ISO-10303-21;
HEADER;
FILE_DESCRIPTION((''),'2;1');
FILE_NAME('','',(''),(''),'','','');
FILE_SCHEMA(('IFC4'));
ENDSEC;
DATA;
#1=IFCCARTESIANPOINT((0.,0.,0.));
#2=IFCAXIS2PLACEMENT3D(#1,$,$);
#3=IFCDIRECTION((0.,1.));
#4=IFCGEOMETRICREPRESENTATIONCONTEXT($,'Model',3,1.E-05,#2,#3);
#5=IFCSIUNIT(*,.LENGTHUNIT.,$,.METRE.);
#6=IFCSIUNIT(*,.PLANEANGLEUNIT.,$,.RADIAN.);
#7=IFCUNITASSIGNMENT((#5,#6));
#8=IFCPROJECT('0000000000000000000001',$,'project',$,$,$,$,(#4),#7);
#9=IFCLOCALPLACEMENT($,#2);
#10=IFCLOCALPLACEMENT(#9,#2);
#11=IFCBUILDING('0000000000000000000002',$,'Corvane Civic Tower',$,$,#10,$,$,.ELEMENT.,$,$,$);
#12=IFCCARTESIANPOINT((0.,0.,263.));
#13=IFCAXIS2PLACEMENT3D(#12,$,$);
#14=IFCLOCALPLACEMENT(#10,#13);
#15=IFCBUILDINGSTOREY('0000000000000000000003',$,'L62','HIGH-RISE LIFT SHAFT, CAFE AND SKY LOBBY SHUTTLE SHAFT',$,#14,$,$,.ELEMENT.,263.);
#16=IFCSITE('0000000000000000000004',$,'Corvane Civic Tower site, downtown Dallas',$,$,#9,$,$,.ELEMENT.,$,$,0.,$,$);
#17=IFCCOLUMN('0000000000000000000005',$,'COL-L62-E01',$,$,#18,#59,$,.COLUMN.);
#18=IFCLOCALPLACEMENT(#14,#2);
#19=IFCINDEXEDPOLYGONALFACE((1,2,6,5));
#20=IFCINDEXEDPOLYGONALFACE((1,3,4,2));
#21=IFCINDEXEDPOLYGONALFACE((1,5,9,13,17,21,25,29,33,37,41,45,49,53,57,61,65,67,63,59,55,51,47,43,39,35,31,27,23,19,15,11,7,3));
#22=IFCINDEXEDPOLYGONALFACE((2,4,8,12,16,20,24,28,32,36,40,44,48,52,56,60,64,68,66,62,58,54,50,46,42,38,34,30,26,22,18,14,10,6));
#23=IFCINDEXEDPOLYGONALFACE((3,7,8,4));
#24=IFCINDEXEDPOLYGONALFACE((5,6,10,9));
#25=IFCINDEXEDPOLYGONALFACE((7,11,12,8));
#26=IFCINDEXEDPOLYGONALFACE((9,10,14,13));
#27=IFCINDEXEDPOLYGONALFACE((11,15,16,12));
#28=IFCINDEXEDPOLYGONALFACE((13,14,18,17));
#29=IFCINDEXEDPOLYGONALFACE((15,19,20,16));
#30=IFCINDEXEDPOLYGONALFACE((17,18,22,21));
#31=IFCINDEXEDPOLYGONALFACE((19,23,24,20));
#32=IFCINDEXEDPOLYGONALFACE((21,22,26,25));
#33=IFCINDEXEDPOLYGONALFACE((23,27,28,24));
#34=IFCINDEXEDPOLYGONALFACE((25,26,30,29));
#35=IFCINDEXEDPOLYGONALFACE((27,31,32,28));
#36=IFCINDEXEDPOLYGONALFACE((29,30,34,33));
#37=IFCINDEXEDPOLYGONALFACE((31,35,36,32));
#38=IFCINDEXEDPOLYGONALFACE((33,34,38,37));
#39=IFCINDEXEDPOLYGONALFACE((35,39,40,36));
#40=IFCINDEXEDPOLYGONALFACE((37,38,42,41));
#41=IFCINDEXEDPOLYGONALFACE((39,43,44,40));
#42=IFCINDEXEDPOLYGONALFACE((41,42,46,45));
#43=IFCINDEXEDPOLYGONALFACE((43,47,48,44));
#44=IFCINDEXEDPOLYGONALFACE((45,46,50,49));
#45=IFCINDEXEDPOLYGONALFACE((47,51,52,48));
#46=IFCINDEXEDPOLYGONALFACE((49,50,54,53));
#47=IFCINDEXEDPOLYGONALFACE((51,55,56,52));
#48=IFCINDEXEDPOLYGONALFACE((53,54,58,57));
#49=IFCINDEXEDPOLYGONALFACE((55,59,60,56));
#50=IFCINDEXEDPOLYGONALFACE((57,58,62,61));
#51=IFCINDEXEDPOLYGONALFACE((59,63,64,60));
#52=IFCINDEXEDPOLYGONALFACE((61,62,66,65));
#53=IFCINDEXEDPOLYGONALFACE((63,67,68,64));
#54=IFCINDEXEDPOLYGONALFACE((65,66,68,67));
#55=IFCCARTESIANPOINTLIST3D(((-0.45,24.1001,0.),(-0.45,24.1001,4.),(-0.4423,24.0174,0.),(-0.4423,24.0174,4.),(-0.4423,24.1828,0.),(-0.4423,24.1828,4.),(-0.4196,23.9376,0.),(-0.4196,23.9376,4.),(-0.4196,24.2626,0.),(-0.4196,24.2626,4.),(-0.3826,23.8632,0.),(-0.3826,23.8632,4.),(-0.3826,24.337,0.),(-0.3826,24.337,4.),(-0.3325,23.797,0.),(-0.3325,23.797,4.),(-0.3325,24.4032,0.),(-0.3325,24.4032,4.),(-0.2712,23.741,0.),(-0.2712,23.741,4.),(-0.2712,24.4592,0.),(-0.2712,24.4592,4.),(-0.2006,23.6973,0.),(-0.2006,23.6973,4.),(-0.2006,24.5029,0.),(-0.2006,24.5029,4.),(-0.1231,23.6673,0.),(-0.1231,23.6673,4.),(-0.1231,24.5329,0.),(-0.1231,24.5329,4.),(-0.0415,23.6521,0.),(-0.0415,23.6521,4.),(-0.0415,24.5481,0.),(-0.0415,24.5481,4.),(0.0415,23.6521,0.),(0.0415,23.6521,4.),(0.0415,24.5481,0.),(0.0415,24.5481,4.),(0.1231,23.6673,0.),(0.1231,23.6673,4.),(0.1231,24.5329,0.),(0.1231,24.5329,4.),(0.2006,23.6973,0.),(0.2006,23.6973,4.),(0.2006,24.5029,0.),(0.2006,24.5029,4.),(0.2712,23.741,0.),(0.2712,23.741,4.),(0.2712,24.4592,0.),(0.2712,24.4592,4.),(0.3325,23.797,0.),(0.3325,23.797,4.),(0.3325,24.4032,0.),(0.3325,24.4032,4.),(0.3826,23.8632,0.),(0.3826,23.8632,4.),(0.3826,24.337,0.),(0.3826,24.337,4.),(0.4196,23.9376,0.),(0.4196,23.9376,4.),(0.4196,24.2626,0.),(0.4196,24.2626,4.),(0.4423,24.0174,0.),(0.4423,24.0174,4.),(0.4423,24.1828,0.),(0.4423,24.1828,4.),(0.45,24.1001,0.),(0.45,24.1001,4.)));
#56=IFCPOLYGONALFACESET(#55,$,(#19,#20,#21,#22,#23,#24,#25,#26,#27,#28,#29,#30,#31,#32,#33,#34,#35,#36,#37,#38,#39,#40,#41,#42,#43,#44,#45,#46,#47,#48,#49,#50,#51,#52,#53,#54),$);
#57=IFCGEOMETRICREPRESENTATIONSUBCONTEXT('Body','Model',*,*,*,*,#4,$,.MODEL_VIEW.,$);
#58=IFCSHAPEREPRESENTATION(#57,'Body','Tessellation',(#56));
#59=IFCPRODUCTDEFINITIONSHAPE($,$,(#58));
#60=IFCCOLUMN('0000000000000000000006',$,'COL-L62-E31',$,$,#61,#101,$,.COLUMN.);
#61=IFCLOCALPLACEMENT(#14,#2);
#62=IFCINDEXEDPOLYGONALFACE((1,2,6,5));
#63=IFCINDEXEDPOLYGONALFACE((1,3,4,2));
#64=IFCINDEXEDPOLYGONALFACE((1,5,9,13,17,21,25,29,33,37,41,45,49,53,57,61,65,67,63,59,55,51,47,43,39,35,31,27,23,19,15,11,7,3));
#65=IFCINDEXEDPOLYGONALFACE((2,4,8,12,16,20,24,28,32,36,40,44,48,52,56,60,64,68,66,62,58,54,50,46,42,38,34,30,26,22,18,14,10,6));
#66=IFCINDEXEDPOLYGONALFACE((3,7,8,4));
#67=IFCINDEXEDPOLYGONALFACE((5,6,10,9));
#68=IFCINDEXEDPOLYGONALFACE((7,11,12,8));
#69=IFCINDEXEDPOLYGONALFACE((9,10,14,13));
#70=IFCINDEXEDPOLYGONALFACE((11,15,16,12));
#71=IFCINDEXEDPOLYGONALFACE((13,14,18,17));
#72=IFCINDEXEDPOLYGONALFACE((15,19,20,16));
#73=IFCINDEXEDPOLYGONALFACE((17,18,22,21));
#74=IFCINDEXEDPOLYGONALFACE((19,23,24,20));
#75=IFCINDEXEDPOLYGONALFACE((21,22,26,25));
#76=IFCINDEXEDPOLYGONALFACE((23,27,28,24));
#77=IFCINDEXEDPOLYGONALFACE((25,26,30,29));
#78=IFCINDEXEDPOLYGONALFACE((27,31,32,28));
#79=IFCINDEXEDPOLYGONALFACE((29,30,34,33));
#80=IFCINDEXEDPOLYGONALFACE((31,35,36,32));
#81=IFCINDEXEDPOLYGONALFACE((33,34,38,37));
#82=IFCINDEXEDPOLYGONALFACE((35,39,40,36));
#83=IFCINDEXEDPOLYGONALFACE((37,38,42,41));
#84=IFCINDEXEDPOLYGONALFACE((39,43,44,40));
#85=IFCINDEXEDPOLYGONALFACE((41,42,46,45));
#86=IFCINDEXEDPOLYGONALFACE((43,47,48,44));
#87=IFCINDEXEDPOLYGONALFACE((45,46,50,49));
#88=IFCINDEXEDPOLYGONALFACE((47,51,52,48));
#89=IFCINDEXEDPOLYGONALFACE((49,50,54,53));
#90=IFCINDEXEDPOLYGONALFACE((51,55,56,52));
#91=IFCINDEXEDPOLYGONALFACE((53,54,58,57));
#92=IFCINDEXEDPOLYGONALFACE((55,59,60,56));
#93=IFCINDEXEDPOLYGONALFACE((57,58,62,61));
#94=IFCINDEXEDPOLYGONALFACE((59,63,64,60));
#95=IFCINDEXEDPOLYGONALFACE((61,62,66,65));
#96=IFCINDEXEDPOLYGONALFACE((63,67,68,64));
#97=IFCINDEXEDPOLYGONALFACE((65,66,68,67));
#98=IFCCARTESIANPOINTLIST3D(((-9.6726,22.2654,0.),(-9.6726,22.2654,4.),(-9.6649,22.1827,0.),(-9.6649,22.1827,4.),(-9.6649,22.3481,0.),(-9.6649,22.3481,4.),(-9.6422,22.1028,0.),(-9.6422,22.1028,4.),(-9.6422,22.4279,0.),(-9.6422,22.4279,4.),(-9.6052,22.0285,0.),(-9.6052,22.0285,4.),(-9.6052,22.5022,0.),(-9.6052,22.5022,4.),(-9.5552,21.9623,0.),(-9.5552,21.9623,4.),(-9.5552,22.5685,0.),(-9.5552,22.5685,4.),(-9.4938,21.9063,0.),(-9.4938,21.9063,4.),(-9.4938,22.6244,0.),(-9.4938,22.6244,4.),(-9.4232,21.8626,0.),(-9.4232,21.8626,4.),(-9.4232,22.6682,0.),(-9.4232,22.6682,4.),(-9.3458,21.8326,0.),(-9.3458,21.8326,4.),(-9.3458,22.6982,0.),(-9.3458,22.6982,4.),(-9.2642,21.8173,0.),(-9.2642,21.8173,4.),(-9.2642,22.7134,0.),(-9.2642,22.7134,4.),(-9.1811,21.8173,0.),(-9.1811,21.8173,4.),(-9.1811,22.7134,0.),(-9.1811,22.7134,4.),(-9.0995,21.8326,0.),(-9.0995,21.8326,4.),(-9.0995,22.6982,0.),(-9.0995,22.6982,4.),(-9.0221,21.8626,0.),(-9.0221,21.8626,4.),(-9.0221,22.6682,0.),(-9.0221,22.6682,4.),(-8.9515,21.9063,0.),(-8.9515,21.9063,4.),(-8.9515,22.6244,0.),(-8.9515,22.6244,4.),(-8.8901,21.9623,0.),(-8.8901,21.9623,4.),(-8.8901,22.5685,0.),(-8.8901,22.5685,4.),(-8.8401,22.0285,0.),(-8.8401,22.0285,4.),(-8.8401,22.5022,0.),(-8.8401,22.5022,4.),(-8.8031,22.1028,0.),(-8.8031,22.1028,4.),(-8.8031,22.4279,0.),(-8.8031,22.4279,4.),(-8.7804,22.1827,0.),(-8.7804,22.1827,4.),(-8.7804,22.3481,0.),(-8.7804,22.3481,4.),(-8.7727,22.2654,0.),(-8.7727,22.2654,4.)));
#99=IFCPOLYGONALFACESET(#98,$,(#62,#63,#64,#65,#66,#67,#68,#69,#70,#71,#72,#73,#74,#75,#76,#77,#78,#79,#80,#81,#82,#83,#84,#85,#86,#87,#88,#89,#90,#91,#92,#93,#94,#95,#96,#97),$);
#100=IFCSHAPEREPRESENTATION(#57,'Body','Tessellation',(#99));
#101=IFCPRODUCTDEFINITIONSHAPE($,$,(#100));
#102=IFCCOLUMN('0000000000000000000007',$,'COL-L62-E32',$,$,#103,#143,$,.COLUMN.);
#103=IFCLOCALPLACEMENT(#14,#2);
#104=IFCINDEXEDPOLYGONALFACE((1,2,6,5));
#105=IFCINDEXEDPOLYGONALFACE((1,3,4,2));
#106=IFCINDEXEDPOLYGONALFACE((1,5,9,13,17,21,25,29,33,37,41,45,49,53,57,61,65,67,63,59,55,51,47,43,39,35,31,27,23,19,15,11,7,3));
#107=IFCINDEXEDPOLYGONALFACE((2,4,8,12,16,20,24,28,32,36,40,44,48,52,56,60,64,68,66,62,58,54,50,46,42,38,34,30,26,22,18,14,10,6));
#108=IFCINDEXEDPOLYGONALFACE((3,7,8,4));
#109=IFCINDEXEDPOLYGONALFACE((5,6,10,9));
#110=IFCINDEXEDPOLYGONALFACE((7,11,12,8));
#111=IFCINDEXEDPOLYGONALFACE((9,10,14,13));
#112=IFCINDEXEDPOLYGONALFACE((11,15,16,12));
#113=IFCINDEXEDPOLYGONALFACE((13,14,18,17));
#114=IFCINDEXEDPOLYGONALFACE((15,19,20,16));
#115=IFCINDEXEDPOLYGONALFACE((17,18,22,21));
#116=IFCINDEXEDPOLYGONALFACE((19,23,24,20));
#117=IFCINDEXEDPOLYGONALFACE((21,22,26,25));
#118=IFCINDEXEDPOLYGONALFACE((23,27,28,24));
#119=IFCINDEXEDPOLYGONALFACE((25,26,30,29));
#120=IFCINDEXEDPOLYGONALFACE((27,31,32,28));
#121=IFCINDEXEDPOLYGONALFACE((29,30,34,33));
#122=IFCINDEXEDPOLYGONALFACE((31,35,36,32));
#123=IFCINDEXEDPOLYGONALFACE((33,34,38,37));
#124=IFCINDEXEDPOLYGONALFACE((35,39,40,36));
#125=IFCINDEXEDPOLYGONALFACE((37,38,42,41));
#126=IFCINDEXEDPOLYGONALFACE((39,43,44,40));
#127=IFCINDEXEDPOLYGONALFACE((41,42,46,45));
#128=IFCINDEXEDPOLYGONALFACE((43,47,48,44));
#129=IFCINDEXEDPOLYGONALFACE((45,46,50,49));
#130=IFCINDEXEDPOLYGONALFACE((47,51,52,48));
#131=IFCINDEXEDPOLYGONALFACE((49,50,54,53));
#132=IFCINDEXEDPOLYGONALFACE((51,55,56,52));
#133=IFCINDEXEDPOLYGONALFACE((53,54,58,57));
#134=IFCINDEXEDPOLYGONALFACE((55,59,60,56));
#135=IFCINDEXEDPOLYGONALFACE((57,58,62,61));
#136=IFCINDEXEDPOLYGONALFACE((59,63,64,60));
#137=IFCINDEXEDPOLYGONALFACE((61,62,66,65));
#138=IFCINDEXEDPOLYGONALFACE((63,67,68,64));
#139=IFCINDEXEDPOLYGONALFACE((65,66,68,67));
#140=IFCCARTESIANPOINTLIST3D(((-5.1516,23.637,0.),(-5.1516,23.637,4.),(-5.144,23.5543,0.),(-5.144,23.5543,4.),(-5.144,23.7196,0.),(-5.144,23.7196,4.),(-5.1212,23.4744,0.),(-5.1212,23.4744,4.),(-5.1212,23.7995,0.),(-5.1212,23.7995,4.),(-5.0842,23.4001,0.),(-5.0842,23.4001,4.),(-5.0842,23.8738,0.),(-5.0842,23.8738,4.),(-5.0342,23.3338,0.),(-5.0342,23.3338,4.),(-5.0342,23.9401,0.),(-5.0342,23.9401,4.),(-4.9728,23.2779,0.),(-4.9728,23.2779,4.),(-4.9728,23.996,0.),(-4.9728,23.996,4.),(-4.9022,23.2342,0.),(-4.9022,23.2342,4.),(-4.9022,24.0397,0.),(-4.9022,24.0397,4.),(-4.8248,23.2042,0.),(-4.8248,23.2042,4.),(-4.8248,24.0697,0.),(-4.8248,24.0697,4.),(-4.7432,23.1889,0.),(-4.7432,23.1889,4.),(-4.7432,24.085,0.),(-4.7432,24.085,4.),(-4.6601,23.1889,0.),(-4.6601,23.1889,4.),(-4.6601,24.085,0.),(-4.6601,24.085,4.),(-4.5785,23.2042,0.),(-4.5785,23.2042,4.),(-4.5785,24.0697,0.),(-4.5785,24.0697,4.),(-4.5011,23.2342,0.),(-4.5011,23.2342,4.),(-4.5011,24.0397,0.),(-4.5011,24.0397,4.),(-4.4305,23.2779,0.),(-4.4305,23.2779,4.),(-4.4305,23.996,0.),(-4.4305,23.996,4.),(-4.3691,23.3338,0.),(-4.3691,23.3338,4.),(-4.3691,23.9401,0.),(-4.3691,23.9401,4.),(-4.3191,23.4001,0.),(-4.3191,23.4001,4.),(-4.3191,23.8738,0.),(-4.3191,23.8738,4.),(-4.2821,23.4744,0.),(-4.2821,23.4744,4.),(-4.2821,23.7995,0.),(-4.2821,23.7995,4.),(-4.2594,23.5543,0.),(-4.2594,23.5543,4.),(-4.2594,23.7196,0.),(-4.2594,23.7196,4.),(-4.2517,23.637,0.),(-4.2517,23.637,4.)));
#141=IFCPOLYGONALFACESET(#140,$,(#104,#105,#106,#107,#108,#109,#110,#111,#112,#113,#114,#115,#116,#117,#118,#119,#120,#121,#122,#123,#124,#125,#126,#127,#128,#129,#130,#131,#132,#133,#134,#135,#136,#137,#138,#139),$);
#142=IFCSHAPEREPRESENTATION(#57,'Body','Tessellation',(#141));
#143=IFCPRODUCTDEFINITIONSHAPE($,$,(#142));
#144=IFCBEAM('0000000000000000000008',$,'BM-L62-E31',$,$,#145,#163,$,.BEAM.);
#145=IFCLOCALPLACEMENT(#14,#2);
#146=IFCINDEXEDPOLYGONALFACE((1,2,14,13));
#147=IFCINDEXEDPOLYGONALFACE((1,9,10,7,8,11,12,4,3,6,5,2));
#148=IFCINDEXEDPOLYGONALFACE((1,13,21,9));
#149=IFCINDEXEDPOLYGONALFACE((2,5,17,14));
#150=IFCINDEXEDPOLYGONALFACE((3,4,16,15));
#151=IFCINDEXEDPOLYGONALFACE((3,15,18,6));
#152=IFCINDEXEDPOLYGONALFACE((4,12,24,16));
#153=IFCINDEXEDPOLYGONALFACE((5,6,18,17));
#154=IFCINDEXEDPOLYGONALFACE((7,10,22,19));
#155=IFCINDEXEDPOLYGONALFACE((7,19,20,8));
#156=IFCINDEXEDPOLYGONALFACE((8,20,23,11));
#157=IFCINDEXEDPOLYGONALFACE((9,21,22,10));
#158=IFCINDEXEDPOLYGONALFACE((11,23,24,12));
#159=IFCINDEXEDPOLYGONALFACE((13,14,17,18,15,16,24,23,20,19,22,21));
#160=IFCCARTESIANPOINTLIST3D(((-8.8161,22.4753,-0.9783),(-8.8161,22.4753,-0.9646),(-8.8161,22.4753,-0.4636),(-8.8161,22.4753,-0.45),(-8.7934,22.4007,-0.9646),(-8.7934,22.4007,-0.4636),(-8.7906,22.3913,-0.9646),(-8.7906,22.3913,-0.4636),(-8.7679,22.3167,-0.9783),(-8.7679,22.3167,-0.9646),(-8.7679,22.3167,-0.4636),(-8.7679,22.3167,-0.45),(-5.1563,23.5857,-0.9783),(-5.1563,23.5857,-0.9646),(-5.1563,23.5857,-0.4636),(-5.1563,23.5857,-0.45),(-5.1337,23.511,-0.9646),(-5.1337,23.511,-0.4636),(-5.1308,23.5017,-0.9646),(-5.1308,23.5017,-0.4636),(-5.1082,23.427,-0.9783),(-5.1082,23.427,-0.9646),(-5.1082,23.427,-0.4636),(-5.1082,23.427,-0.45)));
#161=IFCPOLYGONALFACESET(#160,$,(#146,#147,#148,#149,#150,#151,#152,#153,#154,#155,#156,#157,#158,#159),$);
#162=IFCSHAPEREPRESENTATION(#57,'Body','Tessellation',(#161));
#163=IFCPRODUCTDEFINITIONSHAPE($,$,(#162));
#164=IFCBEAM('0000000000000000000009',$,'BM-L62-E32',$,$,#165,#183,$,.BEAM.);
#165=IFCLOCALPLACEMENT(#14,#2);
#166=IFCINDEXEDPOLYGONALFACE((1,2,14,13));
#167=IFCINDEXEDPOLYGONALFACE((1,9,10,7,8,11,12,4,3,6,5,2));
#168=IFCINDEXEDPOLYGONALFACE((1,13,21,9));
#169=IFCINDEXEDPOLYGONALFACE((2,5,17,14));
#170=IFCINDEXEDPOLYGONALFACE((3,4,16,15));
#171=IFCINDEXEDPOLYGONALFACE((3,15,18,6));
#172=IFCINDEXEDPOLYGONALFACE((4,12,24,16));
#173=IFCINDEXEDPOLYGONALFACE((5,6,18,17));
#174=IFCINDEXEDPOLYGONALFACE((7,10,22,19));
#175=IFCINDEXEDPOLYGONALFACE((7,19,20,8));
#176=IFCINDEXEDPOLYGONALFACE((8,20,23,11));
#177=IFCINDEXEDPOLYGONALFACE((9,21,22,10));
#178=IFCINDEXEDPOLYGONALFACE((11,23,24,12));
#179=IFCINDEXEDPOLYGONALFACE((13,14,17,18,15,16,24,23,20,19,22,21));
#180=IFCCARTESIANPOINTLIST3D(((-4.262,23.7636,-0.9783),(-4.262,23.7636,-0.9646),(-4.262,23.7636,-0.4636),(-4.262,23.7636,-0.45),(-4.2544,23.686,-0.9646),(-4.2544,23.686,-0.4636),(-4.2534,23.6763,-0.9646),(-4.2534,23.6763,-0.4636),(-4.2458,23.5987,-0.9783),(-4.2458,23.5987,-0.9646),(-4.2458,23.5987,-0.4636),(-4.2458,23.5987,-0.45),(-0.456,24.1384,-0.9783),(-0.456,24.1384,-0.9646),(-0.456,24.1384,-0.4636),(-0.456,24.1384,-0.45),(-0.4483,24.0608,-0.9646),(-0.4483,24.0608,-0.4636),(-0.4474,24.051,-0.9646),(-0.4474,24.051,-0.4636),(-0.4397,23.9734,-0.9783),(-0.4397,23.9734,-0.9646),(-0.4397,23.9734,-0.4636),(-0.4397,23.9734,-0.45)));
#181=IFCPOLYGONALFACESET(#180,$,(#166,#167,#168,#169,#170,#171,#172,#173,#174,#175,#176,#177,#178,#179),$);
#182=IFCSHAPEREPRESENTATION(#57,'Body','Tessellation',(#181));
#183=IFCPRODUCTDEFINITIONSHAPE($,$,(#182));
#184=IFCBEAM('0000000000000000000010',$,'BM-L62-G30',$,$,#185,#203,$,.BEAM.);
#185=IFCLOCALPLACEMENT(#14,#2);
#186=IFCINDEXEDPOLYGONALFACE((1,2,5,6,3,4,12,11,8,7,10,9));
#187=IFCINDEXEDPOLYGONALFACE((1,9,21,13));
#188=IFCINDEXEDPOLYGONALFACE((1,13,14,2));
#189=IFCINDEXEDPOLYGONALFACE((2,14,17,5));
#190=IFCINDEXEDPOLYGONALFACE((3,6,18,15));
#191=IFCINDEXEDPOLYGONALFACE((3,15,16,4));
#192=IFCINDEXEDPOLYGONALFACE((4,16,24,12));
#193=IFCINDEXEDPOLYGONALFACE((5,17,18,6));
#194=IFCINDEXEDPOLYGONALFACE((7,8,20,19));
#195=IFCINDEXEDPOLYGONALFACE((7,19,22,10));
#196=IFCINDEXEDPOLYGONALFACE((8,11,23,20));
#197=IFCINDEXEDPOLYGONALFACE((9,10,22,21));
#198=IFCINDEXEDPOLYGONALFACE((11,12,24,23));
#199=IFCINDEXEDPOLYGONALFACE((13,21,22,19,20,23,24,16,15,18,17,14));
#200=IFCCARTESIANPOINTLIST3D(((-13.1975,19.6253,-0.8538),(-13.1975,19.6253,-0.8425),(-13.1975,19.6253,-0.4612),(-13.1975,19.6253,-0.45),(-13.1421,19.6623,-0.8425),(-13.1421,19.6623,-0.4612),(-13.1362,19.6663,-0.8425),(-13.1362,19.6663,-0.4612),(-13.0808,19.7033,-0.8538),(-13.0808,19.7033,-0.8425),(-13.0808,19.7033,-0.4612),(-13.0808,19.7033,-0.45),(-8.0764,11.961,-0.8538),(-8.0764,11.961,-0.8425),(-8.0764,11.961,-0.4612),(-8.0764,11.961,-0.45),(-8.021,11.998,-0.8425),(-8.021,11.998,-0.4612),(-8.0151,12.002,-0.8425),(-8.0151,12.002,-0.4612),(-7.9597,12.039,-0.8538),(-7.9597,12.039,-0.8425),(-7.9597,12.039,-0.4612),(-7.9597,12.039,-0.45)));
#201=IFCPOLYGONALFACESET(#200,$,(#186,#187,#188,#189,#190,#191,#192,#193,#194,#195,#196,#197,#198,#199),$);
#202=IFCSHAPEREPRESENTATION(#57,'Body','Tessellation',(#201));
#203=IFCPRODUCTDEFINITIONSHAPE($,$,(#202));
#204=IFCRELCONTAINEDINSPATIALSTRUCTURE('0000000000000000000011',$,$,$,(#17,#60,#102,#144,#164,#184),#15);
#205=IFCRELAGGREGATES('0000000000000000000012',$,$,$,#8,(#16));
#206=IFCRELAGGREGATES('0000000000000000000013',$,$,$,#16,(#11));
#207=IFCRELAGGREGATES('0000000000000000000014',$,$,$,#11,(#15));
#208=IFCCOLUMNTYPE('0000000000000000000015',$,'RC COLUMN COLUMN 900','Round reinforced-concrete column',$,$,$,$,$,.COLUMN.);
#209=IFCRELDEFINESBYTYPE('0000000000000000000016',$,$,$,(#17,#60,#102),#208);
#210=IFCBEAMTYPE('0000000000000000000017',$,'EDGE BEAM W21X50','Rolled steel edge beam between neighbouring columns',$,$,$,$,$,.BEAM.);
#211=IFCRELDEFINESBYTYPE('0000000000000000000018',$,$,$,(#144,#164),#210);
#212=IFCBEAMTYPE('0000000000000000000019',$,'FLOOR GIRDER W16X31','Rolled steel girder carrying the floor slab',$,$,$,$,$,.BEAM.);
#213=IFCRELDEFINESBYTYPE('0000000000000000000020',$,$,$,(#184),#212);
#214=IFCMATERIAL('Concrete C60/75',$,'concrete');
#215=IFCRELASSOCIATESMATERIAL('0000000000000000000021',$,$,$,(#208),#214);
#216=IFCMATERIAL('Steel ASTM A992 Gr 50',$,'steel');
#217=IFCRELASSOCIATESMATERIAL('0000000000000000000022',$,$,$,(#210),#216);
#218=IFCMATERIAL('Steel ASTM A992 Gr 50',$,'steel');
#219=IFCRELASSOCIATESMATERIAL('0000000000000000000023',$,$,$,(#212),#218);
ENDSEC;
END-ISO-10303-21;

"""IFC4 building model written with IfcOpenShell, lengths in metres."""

from ifc_helpers import new_model, si_unit, direction, frame, origin, origin_2d, place, context, subcontext, project, spatial, circle, i_section, extrude, material, material_profile, profile_set, type_object, element, save


model = new_model("IFC4")

# Units and contexts
model_context = context("Model", 3, precision=1e-05, world=origin(), true_north=direction((0.0, 1.0)))
body_context = subcontext(model_context, "Body", "Model", "MODEL_VIEW")
ifc_project = project(units=[si_unit("LENGTHUNIT", "METRE"), si_unit("PLANEANGLEUNIT", "RADIAN")], contexts=[model_context])

# Site, building, storey
site_placement = place(None, origin())
site = spatial("IfcSite", under=ifc_project, at=site_placement, Name="Corvane Civic Tower site, downtown Dallas", CompositionType="ELEMENT", RefElevation=0.0)
building_placement = place(site_placement, origin())
building = spatial("IfcBuilding", under=site, at=building_placement, Name="Corvane Civic Tower", CompositionType="ELEMENT")
storey_placement = place(building_placement, frame((0.0, 0.0, 263.0)))
storey = spatial("IfcBuildingStorey", under=building, at=storey_placement, Name="L62", Description="HIGH-RISE LIFT SHAFT, CAFE AND SKY LOBBY SHUTTLE SHAFT", CompositionType="ELEMENT", Elevation=263.0)

# Columns
ifc_material_1 = material(Name="Concrete C60/75", Category="concrete")
ifc_material_profile_1 = material_profile(ifc_material_1, circle(Radius=0.45, at=origin_2d()), Name="COLUMN 900")
ifc_profile_set_1 = profile_set([ifc_material_profile_1], Name="Concrete C60/75")
column_type = type_object("IfcColumnType", Name="RC COLUMN COLUMN 900", Description="Round reinforced-concrete column", PredefinedType="COLUMN", material=ifc_profile_set_1)
for number, where, z_axis, x_axis, name in (
    (1, (0.0, 24.1001, 0.0), (0.0, 0.0, 1.0), (1.0, 0.0, 0.0), "COL-L62-E01"),
    (2, (-9.2227, 22.2654, 0.0), (0.0, 0.0, 1.0), (1.0, 0.0, 0.0), "COL-L62-E31"),
    (3, (-4.7017, 23.637, 0.0), (0.0, 0.0, 1.0), (1.0, 0.0, 0.0), "COL-L62-E32"),
):
    element("IfcColumn", number, at=place(storey_placement, frame(where, z_axis=z_axis, x_axis=x_axis)), inside=storey, type_object=column_type, Name=name, PredefinedType="COLUMN", context=body_context, shape_type="SweptSolid", body=[
        extrude(circle(Radius=0.45, at=origin_2d()), origin(), (0.0, 0.0, 1.0), 4.0),
    ])

# Beams
ifc_material_2 = material(Name="Steel ASTM A992 Gr 50", Category="steel")
ifc_material_profile_2 = material_profile(ifc_material_2, i_section(OverallWidth=0.1658, OverallDepth=0.5283, WebThickness=0.0098, FlangeThickness=0.0137, at=origin_2d()), Name="W21X50")
ifc_profile_set_2 = profile_set([ifc_material_profile_2], Name="Steel ASTM A992 Gr 50")
beam_type_1 = type_object("IfcBeamType", Name="EDGE BEAM W21X50", Description="Rolled steel edge beam between neighbouring columns", PredefinedType="BEAM", material=ifc_profile_set_2)
for number, where, z_axis, x_axis, name in (
    (4, (-8.792, 22.396, -0.7141), (0.956926, 0.290333, 0.0), (-0.290333, 0.956926, 0.0), "BM-L62-E31"),
    (5, (-4.2539, 23.6812, -0.7141), (0.995188, 0.097987, 0.0), (-0.097987, 0.995188, 0.0), "BM-L62-E32"),
):
    element("IfcBeam", number, at=place(storey_placement, frame(where, z_axis=z_axis, x_axis=x_axis)), inside=storey, type_object=beam_type_1, Name=name, PredefinedType="BEAM", context=body_context, shape_type="SweptSolid", body=[
        extrude(i_section(OverallWidth=0.1658, OverallDepth=0.5283, WebThickness=0.0098, FlangeThickness=0.0137, at=origin_2d()), origin(), (0.0, 0.0, 1.0), 3.8245),
    ])
ifc_material_3 = material(Name="Steel ASTM A992 Gr 50", Category="steel")
ifc_material_profile_3 = material_profile(ifc_material_3, i_section(OverallWidth=0.1404, OverallDepth=0.4038, WebThickness=0.0071, FlangeThickness=0.0112, at=origin_2d()), Name="W16X31")
ifc_profile_set_3 = profile_set([ifc_material_profile_3], Name="Steel ASTM A992 Gr 50")
beam_type_2 = type_object("IfcBeamType", Name="FLOOR GIRDER W16X31", Description="Rolled steel girder carrying the floor slab", PredefinedType="BEAM", material=ifc_profile_set_3)
beam_1_placement = place(storey_placement, frame((-8.0181, 12.0, -0.6519), z_axis=(-0.555568, 0.831471, 0.0), x_axis=(-0.831471, -0.555568, 0.0)))
element("IfcBeam", 6, at=beam_1_placement, inside=storey, type_object=beam_type_2, Name="BM-L62-G30", PredefinedType="BEAM", context=body_context, shape_type="SweptSolid", body=[
    extrude(i_section(OverallWidth=0.1404, OverallDepth=0.4038, WebThickness=0.0071, FlangeThickness=0.0112, at=origin_2d()), origin(), (0.0, 0.0, 1.0), 9.2178),
])

save(model, "model.ifc")
